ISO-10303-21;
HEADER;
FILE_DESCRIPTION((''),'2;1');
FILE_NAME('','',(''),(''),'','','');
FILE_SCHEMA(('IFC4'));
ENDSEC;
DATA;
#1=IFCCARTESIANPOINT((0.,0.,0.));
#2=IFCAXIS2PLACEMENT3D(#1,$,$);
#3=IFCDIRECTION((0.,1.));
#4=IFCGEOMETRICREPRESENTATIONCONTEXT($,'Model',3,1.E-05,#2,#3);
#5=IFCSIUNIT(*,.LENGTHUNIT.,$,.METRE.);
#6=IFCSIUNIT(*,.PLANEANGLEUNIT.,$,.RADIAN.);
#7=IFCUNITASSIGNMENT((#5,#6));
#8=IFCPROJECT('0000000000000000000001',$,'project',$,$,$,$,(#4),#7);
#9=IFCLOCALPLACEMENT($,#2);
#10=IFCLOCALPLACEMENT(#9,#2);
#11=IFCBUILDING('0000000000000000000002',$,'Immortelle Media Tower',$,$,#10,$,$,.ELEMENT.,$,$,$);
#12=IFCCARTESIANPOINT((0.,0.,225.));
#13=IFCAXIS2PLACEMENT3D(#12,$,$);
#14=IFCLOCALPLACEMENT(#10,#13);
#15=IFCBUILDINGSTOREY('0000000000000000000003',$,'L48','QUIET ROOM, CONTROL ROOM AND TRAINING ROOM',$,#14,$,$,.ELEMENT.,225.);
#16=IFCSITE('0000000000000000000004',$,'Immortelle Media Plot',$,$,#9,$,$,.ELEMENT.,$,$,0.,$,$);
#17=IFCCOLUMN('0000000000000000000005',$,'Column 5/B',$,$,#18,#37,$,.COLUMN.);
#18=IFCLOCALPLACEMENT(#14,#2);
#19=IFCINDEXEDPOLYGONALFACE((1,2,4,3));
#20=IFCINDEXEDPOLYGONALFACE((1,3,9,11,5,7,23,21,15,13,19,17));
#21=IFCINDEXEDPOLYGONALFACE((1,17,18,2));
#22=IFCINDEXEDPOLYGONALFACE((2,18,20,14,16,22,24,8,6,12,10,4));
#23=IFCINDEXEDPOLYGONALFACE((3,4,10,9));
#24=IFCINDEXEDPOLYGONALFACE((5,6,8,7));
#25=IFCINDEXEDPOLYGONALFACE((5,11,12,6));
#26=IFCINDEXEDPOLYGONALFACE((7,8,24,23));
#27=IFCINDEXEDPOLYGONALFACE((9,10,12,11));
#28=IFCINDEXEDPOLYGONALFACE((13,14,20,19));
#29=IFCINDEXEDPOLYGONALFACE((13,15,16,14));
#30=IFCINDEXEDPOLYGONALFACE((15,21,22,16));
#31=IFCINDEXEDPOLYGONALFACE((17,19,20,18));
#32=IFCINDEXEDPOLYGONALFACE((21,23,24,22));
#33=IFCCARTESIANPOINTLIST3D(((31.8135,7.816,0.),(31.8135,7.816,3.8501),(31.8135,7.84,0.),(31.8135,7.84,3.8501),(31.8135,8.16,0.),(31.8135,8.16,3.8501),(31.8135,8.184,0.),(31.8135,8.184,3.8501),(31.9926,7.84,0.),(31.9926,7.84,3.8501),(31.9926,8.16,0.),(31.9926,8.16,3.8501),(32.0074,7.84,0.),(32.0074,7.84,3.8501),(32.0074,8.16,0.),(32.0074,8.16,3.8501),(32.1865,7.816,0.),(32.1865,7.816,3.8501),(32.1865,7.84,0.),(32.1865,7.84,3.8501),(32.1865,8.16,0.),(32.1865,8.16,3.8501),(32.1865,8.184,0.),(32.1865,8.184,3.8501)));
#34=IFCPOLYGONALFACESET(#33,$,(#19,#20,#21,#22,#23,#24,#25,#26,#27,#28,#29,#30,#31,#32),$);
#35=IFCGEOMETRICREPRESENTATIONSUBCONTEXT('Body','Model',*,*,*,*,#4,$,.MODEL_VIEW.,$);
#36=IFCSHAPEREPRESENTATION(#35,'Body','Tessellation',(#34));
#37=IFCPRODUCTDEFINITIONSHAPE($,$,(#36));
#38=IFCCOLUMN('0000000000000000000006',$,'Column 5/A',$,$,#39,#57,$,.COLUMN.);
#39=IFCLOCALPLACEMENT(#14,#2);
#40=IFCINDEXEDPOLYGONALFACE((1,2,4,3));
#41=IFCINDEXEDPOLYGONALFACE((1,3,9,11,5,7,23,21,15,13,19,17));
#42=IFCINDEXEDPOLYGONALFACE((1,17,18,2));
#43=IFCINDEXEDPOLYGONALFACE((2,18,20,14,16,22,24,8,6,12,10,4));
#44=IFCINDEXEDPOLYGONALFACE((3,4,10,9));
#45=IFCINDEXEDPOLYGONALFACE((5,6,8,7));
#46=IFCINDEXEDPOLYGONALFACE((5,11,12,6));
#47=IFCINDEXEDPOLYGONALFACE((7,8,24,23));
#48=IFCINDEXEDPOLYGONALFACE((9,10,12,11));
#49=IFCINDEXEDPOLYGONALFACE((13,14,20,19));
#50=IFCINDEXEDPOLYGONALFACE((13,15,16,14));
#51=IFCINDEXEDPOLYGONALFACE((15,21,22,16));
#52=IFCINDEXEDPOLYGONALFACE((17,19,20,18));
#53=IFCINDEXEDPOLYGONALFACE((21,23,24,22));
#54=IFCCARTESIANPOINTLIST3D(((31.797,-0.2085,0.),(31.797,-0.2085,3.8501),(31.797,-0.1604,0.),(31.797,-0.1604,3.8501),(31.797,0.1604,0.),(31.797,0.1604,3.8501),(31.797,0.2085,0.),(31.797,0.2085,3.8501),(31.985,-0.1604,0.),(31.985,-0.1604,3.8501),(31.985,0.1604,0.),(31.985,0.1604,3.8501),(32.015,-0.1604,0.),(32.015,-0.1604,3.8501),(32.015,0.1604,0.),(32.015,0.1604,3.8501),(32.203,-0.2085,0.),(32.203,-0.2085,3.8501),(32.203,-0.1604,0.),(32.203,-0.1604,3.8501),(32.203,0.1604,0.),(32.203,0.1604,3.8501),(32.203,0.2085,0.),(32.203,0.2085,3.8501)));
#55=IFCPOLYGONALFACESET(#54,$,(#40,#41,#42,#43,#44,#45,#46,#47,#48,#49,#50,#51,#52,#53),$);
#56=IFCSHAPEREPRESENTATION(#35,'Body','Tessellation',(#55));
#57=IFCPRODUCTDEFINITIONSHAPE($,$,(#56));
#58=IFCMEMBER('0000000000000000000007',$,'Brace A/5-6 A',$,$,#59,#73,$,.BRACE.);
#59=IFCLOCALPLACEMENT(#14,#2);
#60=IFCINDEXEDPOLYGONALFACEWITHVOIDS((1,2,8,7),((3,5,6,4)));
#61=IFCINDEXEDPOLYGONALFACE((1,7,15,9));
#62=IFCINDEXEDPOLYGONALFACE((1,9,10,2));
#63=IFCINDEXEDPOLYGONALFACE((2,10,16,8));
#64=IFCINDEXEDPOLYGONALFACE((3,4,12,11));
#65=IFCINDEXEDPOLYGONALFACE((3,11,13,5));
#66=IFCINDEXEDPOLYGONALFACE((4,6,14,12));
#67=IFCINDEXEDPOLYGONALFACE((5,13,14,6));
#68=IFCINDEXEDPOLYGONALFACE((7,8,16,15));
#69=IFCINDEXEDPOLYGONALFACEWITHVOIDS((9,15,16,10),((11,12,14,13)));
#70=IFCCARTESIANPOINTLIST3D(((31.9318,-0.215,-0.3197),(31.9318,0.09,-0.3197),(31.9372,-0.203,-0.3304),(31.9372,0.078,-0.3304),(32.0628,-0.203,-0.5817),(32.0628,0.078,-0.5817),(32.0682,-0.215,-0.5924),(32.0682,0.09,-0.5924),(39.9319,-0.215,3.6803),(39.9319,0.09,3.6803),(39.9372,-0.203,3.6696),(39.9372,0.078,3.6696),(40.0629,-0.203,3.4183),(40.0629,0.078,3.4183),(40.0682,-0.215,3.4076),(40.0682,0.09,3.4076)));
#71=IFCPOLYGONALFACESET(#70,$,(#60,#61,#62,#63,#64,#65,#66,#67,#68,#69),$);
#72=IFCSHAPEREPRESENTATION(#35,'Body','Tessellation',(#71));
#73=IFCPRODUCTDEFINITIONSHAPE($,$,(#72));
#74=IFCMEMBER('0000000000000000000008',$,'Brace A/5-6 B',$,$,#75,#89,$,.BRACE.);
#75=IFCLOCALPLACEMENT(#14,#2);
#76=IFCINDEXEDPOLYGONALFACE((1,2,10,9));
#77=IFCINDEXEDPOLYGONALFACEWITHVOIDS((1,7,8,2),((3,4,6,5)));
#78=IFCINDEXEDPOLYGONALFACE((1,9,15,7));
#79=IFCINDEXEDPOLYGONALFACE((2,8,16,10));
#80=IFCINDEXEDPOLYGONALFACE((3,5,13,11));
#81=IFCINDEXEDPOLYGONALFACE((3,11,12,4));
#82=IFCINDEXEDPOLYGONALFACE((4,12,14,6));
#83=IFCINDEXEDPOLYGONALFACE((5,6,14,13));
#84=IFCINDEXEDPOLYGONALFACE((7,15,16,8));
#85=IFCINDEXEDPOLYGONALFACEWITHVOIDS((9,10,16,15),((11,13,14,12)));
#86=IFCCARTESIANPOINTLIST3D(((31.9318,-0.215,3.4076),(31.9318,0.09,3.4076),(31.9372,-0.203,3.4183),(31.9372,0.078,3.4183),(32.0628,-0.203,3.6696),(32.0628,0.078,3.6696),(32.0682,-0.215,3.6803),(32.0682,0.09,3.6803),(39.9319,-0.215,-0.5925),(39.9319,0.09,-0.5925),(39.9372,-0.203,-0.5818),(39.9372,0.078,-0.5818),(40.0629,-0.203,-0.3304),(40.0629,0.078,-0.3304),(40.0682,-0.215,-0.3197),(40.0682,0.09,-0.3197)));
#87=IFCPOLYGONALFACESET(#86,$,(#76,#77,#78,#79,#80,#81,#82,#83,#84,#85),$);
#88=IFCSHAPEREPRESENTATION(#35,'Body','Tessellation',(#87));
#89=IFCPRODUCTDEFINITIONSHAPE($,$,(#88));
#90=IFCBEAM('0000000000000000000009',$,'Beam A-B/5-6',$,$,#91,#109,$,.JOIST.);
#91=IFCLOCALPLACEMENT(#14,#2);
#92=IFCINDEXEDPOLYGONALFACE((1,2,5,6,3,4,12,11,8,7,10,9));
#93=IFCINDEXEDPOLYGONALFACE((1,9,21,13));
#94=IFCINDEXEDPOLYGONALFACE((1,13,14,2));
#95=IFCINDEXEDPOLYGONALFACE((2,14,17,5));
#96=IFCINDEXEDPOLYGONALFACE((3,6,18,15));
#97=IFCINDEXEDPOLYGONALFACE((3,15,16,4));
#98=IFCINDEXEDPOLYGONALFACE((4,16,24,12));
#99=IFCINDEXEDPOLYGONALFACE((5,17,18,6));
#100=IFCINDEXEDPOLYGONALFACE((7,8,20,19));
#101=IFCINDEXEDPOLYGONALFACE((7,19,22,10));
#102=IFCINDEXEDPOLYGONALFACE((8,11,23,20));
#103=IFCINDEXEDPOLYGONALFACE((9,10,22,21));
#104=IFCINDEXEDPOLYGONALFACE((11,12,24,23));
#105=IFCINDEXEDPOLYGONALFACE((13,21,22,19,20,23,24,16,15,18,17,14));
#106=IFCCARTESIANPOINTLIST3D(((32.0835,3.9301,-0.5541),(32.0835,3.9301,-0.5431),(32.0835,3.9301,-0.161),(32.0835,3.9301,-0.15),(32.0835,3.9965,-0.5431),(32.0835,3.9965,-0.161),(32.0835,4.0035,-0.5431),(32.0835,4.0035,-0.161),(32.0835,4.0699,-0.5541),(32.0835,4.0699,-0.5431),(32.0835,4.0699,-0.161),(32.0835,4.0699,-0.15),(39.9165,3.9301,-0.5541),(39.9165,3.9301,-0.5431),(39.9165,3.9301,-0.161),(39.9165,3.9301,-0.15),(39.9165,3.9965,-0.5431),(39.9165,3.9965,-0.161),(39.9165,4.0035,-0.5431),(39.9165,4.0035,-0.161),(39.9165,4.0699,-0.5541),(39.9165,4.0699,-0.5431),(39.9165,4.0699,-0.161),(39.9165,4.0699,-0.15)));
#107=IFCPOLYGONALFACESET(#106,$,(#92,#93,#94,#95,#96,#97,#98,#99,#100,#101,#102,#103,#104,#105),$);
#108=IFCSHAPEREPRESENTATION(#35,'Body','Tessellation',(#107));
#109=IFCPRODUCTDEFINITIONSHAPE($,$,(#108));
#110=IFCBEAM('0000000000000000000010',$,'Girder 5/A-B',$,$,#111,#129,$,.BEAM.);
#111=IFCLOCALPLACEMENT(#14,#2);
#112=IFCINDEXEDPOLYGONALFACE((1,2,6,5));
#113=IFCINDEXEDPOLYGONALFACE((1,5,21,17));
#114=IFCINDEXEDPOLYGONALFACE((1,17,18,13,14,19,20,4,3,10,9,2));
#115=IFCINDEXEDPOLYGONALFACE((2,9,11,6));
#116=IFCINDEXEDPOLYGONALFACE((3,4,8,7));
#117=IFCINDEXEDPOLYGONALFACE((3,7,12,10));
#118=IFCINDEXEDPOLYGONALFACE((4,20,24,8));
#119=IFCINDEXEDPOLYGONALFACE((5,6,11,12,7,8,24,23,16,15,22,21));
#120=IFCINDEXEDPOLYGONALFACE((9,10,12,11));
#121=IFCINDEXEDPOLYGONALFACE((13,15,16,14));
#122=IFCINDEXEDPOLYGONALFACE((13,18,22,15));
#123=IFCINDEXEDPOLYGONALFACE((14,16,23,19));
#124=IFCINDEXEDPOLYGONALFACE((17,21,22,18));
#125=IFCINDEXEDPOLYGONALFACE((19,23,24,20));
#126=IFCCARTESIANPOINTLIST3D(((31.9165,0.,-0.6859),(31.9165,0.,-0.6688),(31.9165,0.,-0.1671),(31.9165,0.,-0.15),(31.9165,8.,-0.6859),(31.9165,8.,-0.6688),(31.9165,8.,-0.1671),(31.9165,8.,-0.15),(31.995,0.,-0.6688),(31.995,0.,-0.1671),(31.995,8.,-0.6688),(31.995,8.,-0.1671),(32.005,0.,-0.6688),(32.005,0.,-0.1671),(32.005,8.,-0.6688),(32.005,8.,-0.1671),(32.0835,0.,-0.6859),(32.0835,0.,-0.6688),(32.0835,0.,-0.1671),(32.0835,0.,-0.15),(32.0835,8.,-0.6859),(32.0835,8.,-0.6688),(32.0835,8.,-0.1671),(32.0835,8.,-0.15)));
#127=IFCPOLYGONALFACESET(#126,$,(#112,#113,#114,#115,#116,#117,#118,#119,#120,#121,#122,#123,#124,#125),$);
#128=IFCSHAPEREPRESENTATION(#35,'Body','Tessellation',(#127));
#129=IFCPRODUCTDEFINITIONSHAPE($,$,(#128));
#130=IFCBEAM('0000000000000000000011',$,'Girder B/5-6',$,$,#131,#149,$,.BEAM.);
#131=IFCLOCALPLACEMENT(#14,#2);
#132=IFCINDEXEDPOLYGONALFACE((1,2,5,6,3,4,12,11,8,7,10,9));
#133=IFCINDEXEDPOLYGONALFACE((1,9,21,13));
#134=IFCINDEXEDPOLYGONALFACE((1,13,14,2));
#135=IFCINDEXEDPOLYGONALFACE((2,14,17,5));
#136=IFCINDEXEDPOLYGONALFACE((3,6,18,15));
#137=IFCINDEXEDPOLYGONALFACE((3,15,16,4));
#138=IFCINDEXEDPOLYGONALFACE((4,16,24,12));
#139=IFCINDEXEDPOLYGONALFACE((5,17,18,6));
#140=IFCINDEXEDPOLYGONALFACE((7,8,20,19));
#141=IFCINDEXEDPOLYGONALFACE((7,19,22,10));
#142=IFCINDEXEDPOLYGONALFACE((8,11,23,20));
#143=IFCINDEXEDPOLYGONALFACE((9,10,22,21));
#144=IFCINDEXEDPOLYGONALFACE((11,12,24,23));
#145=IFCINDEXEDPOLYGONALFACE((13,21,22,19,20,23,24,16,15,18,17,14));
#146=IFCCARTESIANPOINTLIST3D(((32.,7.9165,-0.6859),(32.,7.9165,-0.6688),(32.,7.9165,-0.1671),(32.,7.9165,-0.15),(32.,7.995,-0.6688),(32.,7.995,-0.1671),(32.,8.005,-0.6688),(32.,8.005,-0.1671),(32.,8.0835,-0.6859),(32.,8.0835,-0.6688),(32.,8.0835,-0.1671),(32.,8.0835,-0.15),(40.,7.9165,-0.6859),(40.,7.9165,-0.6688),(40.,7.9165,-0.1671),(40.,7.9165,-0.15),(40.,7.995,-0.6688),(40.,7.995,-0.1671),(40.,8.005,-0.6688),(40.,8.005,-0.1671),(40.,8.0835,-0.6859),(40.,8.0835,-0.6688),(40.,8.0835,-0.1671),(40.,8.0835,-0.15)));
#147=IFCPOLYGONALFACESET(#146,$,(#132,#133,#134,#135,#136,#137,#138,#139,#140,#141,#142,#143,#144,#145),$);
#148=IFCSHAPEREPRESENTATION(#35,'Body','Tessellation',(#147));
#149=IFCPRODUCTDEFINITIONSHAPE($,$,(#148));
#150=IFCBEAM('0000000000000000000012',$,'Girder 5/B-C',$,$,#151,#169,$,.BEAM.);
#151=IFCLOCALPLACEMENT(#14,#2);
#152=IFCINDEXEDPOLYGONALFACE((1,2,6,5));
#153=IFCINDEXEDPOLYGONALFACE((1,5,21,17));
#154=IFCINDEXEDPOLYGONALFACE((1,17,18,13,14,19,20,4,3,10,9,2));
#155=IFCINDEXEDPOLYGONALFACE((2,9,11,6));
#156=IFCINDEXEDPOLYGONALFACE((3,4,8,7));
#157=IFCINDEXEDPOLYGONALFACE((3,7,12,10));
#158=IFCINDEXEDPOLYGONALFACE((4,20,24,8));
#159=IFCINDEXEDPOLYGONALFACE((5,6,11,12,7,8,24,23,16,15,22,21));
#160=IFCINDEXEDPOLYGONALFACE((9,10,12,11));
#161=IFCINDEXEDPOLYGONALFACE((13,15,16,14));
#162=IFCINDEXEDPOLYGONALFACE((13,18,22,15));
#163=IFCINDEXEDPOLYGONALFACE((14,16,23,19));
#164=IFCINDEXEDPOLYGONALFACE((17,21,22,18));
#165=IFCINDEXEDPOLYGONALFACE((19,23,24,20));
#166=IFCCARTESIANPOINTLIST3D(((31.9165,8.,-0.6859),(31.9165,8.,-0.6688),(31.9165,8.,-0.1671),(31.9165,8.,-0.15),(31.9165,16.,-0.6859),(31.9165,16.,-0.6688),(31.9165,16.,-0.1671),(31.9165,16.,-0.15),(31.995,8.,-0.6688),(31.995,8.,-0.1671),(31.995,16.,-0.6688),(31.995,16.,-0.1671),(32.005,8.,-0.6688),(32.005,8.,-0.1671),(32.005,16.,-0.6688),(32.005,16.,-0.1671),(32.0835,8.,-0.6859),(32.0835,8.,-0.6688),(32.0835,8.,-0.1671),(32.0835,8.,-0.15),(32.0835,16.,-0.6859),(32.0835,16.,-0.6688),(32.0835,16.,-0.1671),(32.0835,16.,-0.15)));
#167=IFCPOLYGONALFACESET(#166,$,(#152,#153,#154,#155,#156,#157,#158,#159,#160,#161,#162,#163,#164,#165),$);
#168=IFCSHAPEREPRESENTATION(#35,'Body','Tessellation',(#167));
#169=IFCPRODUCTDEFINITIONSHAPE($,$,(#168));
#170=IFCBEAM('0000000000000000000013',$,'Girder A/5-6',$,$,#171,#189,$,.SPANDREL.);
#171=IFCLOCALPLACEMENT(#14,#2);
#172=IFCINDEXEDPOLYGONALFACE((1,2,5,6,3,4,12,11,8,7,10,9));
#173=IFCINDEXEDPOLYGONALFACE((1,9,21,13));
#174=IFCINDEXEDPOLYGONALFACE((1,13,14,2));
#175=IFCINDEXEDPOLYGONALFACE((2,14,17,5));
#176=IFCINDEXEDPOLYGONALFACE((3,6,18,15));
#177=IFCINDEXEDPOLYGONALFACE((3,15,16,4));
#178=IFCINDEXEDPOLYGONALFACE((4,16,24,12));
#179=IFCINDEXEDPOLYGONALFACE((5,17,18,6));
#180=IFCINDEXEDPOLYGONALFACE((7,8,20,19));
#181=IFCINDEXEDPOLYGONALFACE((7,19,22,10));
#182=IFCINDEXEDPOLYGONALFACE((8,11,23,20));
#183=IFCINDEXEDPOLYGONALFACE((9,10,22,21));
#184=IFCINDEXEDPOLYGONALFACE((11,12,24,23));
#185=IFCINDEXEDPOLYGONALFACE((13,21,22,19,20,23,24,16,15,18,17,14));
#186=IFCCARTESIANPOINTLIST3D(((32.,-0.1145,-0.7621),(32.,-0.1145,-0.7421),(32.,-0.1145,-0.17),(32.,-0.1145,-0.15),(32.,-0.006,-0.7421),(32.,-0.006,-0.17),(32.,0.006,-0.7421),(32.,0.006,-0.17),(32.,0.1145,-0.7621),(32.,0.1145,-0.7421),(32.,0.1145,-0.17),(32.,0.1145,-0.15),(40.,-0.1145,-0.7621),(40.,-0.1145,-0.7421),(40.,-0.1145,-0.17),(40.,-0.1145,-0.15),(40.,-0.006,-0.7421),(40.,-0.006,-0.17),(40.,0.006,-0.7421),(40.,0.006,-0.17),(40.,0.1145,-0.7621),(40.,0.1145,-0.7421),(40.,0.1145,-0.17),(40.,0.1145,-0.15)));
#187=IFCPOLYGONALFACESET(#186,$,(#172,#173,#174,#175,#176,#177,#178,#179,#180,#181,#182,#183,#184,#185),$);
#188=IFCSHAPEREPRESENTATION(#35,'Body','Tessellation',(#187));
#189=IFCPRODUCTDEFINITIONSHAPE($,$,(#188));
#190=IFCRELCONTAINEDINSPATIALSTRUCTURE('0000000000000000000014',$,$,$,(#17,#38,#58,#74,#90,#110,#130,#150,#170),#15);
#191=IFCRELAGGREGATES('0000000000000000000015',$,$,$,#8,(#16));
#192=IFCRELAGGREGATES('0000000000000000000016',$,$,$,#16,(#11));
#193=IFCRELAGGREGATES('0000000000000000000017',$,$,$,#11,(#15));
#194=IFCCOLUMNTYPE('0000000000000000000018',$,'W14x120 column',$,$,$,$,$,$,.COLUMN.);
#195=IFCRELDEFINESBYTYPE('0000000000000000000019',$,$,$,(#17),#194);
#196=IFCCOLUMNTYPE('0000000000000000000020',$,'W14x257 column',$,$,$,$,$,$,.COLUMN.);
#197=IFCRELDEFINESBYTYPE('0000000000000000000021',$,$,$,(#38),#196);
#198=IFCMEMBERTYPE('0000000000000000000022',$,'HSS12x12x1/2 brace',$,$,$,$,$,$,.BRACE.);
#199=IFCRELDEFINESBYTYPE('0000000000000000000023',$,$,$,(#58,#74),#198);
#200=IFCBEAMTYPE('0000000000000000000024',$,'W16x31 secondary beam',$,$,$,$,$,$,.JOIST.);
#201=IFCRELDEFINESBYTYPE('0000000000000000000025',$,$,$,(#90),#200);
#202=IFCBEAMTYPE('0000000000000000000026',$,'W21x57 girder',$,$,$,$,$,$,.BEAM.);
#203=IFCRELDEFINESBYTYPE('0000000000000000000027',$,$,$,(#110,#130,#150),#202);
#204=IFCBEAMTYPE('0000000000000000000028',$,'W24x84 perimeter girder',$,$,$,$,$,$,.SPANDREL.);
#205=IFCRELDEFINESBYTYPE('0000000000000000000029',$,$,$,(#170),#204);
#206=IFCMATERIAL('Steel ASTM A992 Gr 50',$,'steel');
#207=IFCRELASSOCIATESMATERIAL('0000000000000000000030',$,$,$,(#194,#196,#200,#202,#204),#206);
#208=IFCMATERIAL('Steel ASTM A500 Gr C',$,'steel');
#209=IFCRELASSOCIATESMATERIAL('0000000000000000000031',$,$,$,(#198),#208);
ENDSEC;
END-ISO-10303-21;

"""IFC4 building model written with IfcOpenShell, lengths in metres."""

from ifc_helpers import new_model, si_unit, direction, frame, origin, origin_2d, place, context, subcontext, project, spatial, hollow_rectangle, i_section, extrude, material, material_profile, profile_set, type_object, element, save


model = new_model("IFC4")

# Units and contexts
model_context = context("Model", 3, precision=1e-05, world=origin(), true_north=direction((0.0, 1.0)))
body_context = subcontext(model_context, "Body", "Model", "MODEL_VIEW")
ifc_project = project(units=[si_unit("LENGTHUNIT", "METRE"), si_unit("PLANEANGLEUNIT", "RADIAN")], contexts=[model_context])

# Site, building, storey
site_placement = place(None, origin())
site = spatial("IfcSite", under=ifc_project, at=site_placement, Name="Immortelle Media Plot", CompositionType="ELEMENT", RefElevation=0.0)
building_placement = place(site_placement, origin())
building = spatial("IfcBuilding", under=site, at=building_placement, Name="Immortelle Media Tower", CompositionType="ELEMENT")
storey_placement = place(building_placement, frame((0.0, 0.0, 225.0)))
storey = spatial("IfcBuildingStorey", under=building, at=storey_placement, Name="L48", Description="QUIET ROOM, CONTROL ROOM AND TRAINING ROOM", CompositionType="ELEMENT", Elevation=225.0)

# Columns
ifc_material_1 = material(Name="Steel ASTM A992 Gr 50", Category="steel")
ifc_material_profile_1 = material_profile(ifc_material_1, i_section(OverallWidth=0.373, OverallDepth=0.3679, WebThickness=0.0149, FlangeThickness=0.0239, at=origin_2d()), Name="W14x120")
ifc_profile_set_1 = profile_set([ifc_material_profile_1], Name="Steel ASTM A992 Gr 50")
column_type_1 = type_object("IfcColumnType", Name="W14x120 column", PredefinedType="COLUMN", material=ifc_profile_set_1)
column_1_placement = place(storey_placement, frame((32.0, 8.0, 0.0), z_axis=(0.0, 0.0, 1.0), x_axis=(1.0, 0.0, 0.0)))
element("IfcColumn", 1, at=column_1_placement, inside=storey, type_object=column_type_1, Name="Column 5/B", PredefinedType="COLUMN", context=body_context, shape_type="SweptSolid", body=[
    extrude(i_section(OverallWidth=0.373, OverallDepth=0.3679, WebThickness=0.0149, FlangeThickness=0.0239, at=origin_2d()), origin(), (0.0, 0.0, 1.0), 3.8501),
])
ifc_material_profile_2 = material_profile(ifc_material_1, i_section(OverallWidth=0.406, OverallDepth=0.417, WebThickness=0.03, FlangeThickness=0.0481, at=origin_2d()), Name="W14x257")
ifc_profile_set_2 = profile_set([ifc_material_profile_2], Name="Steel ASTM A992 Gr 50")
column_type_2 = type_object("IfcColumnType", Name="W14x257 column", PredefinedType="COLUMN", material=ifc_profile_set_2)
column_2_placement = place(storey_placement, frame((32.0, 0.0, 0.0), z_axis=(0.0, 0.0, 1.0), x_axis=(1.0, 0.0, 0.0)))
element("IfcColumn", 2, at=column_2_placement, inside=storey, type_object=column_type_2, Name="Column 5/A", PredefinedType="COLUMN", context=body_context, shape_type="SweptSolid", body=[
    extrude(i_section(OverallWidth=0.406, OverallDepth=0.417, WebThickness=0.03, FlangeThickness=0.0481, at=origin_2d()), origin(), (0.0, 0.0, 1.0), 3.8501),
])

# Members
ifc_material_2 = material(Name="Steel ASTM A500 Gr C", Category="steel")
ifc_material_profile_3 = material_profile(ifc_material_2, hollow_rectangle(XDim=0.3049, YDim=0.3049, WallThickness=0.012, at=origin_2d()), Name="HSS12x12x1/2 brace")
ifc_profile_set_3 = profile_set([ifc_material_profile_3], Name="Steel ASTM A500 Gr C")
member_type = type_object("IfcMemberType", Name="HSS12x12x1/2 brace", PredefinedType="BRACE", material=ifc_profile_set_3)
for number, where, z_axis, x_axis, name in (
    (3, (32.0, -0.0625, -0.4561), (0.894427, 0.0, 0.447214), (0.0, 1.0, 0.0), "Brace A/5-6 A"),
    (4, (32.0, -0.0625, 3.5439), (0.894427, 0.0, -0.447214), (0.0, 1.0, 0.0), "Brace A/5-6 B"),
):
    element("IfcMember", number, at=place(storey_placement, frame(where, z_axis=z_axis, x_axis=x_axis)), inside=storey, type_object=member_type, Name=name, PredefinedType="BRACE", context=body_context, shape_type="SweptSolid", body=[
        extrude(hollow_rectangle(XDim=0.3049, YDim=0.3049, WallThickness=0.012, at=origin_2d()), origin(), (0.0, 0.0, 1.0), 8.9443),
    ])

# Beams
ifc_material_profile_4 = material_profile(ifc_material_1, i_section(OverallWidth=0.1399, OverallDepth=0.4041, WebThickness=0.0071, FlangeThickness=0.011, at=origin_2d()), Name="W16x31")
ifc_profile_set_4 = profile_set([ifc_material_profile_4], Name="Steel ASTM A992 Gr 50")
beam_type_1 = type_object("IfcBeamType", Name="W16x31 secondary beam", PredefinedType="JOIST", material=ifc_profile_set_4)
beam_1_placement = place(storey_placement, frame((32.0835, 4.0, -0.3521), z_axis=(1.0, 0.0, 0.0), x_axis=(0.0, 1.0, 0.0)))
element("IfcBeam", 5, at=beam_1_placement, inside=storey, type_object=beam_type_1, Name="Beam A-B/5-6", PredefinedType="JOIST", context=body_context, shape_type="SweptSolid", body=[
    extrude(i_section(OverallWidth=0.1399, OverallDepth=0.4041, WebThickness=0.0071, FlangeThickness=0.011, at=origin_2d()), origin(), (0.0, 0.0, 1.0), 7.833),
])
ifc_material_profile_5 = material_profile(ifc_material_1, i_section(OverallWidth=0.167, OverallDepth=0.5359, WebThickness=0.01, FlangeThickness=0.0171, at=origin_2d()), Name="W21x57")
ifc_profile_set_5 = profile_set([ifc_material_profile_5], Name="Steel ASTM A992 Gr 50")
beam_type_2 = type_object("IfcBeamType", Name="W21x57 girder", PredefinedType="BEAM", material=ifc_profile_set_5)
for number, where, z_axis, x_axis, name in (
    (6, (32.0, 0.0, -0.418), (0.0, 1.0, 0.0), (-1.0, 0.0, 0.0), "Girder 5/A-B"),
    (7, (32.0, 8.0, -0.418), (1.0, 0.0, 0.0), (0.0, 1.0, 0.0), "Girder B/5-6"),
    (8, (32.0, 8.0, -0.418), (0.0, 1.0, 0.0), (-1.0, 0.0, 0.0), "Girder 5/B-C"),
):
    element("IfcBeam", number, at=place(storey_placement, frame(where, z_axis=z_axis, x_axis=x_axis)), inside=storey, type_object=beam_type_2, Name=name, PredefinedType="BEAM", context=body_context, shape_type="SweptSolid", body=[
        extrude(i_section(OverallWidth=0.167, OverallDepth=0.5359, WebThickness=0.01, FlangeThickness=0.0171, at=origin_2d()), origin(), (0.0, 0.0, 1.0), 8.0),
    ])
ifc_material_profile_6 = material_profile(ifc_material_1, i_section(OverallWidth=0.229, OverallDepth=0.6121, WebThickness=0.012, FlangeThickness=0.02, at=origin_2d()), Name="W24x84")
ifc_profile_set_6 = profile_set([ifc_material_profile_6], Name="Steel ASTM A992 Gr 50")
beam_type_3 = type_object("IfcBeamType", Name="W24x84 perimeter girder", PredefinedType="SPANDREL", material=ifc_profile_set_6)
beam_2_placement = place(storey_placement, frame((32.0, 0.0, -0.4561), z_axis=(1.0, 0.0, 0.0), x_axis=(0.0, 1.0, 0.0)))
element("IfcBeam", 9, at=beam_2_placement, inside=storey, type_object=beam_type_3, Name="Girder A/5-6", PredefinedType="SPANDREL", context=body_context, shape_type="SweptSolid", body=[
    extrude(i_section(OverallWidth=0.229, OverallDepth=0.6121, WebThickness=0.012, FlangeThickness=0.02, at=origin_2d()), origin(), (0.0, 0.0, 1.0), 8.0),
])

save(model, "model.ifc")
